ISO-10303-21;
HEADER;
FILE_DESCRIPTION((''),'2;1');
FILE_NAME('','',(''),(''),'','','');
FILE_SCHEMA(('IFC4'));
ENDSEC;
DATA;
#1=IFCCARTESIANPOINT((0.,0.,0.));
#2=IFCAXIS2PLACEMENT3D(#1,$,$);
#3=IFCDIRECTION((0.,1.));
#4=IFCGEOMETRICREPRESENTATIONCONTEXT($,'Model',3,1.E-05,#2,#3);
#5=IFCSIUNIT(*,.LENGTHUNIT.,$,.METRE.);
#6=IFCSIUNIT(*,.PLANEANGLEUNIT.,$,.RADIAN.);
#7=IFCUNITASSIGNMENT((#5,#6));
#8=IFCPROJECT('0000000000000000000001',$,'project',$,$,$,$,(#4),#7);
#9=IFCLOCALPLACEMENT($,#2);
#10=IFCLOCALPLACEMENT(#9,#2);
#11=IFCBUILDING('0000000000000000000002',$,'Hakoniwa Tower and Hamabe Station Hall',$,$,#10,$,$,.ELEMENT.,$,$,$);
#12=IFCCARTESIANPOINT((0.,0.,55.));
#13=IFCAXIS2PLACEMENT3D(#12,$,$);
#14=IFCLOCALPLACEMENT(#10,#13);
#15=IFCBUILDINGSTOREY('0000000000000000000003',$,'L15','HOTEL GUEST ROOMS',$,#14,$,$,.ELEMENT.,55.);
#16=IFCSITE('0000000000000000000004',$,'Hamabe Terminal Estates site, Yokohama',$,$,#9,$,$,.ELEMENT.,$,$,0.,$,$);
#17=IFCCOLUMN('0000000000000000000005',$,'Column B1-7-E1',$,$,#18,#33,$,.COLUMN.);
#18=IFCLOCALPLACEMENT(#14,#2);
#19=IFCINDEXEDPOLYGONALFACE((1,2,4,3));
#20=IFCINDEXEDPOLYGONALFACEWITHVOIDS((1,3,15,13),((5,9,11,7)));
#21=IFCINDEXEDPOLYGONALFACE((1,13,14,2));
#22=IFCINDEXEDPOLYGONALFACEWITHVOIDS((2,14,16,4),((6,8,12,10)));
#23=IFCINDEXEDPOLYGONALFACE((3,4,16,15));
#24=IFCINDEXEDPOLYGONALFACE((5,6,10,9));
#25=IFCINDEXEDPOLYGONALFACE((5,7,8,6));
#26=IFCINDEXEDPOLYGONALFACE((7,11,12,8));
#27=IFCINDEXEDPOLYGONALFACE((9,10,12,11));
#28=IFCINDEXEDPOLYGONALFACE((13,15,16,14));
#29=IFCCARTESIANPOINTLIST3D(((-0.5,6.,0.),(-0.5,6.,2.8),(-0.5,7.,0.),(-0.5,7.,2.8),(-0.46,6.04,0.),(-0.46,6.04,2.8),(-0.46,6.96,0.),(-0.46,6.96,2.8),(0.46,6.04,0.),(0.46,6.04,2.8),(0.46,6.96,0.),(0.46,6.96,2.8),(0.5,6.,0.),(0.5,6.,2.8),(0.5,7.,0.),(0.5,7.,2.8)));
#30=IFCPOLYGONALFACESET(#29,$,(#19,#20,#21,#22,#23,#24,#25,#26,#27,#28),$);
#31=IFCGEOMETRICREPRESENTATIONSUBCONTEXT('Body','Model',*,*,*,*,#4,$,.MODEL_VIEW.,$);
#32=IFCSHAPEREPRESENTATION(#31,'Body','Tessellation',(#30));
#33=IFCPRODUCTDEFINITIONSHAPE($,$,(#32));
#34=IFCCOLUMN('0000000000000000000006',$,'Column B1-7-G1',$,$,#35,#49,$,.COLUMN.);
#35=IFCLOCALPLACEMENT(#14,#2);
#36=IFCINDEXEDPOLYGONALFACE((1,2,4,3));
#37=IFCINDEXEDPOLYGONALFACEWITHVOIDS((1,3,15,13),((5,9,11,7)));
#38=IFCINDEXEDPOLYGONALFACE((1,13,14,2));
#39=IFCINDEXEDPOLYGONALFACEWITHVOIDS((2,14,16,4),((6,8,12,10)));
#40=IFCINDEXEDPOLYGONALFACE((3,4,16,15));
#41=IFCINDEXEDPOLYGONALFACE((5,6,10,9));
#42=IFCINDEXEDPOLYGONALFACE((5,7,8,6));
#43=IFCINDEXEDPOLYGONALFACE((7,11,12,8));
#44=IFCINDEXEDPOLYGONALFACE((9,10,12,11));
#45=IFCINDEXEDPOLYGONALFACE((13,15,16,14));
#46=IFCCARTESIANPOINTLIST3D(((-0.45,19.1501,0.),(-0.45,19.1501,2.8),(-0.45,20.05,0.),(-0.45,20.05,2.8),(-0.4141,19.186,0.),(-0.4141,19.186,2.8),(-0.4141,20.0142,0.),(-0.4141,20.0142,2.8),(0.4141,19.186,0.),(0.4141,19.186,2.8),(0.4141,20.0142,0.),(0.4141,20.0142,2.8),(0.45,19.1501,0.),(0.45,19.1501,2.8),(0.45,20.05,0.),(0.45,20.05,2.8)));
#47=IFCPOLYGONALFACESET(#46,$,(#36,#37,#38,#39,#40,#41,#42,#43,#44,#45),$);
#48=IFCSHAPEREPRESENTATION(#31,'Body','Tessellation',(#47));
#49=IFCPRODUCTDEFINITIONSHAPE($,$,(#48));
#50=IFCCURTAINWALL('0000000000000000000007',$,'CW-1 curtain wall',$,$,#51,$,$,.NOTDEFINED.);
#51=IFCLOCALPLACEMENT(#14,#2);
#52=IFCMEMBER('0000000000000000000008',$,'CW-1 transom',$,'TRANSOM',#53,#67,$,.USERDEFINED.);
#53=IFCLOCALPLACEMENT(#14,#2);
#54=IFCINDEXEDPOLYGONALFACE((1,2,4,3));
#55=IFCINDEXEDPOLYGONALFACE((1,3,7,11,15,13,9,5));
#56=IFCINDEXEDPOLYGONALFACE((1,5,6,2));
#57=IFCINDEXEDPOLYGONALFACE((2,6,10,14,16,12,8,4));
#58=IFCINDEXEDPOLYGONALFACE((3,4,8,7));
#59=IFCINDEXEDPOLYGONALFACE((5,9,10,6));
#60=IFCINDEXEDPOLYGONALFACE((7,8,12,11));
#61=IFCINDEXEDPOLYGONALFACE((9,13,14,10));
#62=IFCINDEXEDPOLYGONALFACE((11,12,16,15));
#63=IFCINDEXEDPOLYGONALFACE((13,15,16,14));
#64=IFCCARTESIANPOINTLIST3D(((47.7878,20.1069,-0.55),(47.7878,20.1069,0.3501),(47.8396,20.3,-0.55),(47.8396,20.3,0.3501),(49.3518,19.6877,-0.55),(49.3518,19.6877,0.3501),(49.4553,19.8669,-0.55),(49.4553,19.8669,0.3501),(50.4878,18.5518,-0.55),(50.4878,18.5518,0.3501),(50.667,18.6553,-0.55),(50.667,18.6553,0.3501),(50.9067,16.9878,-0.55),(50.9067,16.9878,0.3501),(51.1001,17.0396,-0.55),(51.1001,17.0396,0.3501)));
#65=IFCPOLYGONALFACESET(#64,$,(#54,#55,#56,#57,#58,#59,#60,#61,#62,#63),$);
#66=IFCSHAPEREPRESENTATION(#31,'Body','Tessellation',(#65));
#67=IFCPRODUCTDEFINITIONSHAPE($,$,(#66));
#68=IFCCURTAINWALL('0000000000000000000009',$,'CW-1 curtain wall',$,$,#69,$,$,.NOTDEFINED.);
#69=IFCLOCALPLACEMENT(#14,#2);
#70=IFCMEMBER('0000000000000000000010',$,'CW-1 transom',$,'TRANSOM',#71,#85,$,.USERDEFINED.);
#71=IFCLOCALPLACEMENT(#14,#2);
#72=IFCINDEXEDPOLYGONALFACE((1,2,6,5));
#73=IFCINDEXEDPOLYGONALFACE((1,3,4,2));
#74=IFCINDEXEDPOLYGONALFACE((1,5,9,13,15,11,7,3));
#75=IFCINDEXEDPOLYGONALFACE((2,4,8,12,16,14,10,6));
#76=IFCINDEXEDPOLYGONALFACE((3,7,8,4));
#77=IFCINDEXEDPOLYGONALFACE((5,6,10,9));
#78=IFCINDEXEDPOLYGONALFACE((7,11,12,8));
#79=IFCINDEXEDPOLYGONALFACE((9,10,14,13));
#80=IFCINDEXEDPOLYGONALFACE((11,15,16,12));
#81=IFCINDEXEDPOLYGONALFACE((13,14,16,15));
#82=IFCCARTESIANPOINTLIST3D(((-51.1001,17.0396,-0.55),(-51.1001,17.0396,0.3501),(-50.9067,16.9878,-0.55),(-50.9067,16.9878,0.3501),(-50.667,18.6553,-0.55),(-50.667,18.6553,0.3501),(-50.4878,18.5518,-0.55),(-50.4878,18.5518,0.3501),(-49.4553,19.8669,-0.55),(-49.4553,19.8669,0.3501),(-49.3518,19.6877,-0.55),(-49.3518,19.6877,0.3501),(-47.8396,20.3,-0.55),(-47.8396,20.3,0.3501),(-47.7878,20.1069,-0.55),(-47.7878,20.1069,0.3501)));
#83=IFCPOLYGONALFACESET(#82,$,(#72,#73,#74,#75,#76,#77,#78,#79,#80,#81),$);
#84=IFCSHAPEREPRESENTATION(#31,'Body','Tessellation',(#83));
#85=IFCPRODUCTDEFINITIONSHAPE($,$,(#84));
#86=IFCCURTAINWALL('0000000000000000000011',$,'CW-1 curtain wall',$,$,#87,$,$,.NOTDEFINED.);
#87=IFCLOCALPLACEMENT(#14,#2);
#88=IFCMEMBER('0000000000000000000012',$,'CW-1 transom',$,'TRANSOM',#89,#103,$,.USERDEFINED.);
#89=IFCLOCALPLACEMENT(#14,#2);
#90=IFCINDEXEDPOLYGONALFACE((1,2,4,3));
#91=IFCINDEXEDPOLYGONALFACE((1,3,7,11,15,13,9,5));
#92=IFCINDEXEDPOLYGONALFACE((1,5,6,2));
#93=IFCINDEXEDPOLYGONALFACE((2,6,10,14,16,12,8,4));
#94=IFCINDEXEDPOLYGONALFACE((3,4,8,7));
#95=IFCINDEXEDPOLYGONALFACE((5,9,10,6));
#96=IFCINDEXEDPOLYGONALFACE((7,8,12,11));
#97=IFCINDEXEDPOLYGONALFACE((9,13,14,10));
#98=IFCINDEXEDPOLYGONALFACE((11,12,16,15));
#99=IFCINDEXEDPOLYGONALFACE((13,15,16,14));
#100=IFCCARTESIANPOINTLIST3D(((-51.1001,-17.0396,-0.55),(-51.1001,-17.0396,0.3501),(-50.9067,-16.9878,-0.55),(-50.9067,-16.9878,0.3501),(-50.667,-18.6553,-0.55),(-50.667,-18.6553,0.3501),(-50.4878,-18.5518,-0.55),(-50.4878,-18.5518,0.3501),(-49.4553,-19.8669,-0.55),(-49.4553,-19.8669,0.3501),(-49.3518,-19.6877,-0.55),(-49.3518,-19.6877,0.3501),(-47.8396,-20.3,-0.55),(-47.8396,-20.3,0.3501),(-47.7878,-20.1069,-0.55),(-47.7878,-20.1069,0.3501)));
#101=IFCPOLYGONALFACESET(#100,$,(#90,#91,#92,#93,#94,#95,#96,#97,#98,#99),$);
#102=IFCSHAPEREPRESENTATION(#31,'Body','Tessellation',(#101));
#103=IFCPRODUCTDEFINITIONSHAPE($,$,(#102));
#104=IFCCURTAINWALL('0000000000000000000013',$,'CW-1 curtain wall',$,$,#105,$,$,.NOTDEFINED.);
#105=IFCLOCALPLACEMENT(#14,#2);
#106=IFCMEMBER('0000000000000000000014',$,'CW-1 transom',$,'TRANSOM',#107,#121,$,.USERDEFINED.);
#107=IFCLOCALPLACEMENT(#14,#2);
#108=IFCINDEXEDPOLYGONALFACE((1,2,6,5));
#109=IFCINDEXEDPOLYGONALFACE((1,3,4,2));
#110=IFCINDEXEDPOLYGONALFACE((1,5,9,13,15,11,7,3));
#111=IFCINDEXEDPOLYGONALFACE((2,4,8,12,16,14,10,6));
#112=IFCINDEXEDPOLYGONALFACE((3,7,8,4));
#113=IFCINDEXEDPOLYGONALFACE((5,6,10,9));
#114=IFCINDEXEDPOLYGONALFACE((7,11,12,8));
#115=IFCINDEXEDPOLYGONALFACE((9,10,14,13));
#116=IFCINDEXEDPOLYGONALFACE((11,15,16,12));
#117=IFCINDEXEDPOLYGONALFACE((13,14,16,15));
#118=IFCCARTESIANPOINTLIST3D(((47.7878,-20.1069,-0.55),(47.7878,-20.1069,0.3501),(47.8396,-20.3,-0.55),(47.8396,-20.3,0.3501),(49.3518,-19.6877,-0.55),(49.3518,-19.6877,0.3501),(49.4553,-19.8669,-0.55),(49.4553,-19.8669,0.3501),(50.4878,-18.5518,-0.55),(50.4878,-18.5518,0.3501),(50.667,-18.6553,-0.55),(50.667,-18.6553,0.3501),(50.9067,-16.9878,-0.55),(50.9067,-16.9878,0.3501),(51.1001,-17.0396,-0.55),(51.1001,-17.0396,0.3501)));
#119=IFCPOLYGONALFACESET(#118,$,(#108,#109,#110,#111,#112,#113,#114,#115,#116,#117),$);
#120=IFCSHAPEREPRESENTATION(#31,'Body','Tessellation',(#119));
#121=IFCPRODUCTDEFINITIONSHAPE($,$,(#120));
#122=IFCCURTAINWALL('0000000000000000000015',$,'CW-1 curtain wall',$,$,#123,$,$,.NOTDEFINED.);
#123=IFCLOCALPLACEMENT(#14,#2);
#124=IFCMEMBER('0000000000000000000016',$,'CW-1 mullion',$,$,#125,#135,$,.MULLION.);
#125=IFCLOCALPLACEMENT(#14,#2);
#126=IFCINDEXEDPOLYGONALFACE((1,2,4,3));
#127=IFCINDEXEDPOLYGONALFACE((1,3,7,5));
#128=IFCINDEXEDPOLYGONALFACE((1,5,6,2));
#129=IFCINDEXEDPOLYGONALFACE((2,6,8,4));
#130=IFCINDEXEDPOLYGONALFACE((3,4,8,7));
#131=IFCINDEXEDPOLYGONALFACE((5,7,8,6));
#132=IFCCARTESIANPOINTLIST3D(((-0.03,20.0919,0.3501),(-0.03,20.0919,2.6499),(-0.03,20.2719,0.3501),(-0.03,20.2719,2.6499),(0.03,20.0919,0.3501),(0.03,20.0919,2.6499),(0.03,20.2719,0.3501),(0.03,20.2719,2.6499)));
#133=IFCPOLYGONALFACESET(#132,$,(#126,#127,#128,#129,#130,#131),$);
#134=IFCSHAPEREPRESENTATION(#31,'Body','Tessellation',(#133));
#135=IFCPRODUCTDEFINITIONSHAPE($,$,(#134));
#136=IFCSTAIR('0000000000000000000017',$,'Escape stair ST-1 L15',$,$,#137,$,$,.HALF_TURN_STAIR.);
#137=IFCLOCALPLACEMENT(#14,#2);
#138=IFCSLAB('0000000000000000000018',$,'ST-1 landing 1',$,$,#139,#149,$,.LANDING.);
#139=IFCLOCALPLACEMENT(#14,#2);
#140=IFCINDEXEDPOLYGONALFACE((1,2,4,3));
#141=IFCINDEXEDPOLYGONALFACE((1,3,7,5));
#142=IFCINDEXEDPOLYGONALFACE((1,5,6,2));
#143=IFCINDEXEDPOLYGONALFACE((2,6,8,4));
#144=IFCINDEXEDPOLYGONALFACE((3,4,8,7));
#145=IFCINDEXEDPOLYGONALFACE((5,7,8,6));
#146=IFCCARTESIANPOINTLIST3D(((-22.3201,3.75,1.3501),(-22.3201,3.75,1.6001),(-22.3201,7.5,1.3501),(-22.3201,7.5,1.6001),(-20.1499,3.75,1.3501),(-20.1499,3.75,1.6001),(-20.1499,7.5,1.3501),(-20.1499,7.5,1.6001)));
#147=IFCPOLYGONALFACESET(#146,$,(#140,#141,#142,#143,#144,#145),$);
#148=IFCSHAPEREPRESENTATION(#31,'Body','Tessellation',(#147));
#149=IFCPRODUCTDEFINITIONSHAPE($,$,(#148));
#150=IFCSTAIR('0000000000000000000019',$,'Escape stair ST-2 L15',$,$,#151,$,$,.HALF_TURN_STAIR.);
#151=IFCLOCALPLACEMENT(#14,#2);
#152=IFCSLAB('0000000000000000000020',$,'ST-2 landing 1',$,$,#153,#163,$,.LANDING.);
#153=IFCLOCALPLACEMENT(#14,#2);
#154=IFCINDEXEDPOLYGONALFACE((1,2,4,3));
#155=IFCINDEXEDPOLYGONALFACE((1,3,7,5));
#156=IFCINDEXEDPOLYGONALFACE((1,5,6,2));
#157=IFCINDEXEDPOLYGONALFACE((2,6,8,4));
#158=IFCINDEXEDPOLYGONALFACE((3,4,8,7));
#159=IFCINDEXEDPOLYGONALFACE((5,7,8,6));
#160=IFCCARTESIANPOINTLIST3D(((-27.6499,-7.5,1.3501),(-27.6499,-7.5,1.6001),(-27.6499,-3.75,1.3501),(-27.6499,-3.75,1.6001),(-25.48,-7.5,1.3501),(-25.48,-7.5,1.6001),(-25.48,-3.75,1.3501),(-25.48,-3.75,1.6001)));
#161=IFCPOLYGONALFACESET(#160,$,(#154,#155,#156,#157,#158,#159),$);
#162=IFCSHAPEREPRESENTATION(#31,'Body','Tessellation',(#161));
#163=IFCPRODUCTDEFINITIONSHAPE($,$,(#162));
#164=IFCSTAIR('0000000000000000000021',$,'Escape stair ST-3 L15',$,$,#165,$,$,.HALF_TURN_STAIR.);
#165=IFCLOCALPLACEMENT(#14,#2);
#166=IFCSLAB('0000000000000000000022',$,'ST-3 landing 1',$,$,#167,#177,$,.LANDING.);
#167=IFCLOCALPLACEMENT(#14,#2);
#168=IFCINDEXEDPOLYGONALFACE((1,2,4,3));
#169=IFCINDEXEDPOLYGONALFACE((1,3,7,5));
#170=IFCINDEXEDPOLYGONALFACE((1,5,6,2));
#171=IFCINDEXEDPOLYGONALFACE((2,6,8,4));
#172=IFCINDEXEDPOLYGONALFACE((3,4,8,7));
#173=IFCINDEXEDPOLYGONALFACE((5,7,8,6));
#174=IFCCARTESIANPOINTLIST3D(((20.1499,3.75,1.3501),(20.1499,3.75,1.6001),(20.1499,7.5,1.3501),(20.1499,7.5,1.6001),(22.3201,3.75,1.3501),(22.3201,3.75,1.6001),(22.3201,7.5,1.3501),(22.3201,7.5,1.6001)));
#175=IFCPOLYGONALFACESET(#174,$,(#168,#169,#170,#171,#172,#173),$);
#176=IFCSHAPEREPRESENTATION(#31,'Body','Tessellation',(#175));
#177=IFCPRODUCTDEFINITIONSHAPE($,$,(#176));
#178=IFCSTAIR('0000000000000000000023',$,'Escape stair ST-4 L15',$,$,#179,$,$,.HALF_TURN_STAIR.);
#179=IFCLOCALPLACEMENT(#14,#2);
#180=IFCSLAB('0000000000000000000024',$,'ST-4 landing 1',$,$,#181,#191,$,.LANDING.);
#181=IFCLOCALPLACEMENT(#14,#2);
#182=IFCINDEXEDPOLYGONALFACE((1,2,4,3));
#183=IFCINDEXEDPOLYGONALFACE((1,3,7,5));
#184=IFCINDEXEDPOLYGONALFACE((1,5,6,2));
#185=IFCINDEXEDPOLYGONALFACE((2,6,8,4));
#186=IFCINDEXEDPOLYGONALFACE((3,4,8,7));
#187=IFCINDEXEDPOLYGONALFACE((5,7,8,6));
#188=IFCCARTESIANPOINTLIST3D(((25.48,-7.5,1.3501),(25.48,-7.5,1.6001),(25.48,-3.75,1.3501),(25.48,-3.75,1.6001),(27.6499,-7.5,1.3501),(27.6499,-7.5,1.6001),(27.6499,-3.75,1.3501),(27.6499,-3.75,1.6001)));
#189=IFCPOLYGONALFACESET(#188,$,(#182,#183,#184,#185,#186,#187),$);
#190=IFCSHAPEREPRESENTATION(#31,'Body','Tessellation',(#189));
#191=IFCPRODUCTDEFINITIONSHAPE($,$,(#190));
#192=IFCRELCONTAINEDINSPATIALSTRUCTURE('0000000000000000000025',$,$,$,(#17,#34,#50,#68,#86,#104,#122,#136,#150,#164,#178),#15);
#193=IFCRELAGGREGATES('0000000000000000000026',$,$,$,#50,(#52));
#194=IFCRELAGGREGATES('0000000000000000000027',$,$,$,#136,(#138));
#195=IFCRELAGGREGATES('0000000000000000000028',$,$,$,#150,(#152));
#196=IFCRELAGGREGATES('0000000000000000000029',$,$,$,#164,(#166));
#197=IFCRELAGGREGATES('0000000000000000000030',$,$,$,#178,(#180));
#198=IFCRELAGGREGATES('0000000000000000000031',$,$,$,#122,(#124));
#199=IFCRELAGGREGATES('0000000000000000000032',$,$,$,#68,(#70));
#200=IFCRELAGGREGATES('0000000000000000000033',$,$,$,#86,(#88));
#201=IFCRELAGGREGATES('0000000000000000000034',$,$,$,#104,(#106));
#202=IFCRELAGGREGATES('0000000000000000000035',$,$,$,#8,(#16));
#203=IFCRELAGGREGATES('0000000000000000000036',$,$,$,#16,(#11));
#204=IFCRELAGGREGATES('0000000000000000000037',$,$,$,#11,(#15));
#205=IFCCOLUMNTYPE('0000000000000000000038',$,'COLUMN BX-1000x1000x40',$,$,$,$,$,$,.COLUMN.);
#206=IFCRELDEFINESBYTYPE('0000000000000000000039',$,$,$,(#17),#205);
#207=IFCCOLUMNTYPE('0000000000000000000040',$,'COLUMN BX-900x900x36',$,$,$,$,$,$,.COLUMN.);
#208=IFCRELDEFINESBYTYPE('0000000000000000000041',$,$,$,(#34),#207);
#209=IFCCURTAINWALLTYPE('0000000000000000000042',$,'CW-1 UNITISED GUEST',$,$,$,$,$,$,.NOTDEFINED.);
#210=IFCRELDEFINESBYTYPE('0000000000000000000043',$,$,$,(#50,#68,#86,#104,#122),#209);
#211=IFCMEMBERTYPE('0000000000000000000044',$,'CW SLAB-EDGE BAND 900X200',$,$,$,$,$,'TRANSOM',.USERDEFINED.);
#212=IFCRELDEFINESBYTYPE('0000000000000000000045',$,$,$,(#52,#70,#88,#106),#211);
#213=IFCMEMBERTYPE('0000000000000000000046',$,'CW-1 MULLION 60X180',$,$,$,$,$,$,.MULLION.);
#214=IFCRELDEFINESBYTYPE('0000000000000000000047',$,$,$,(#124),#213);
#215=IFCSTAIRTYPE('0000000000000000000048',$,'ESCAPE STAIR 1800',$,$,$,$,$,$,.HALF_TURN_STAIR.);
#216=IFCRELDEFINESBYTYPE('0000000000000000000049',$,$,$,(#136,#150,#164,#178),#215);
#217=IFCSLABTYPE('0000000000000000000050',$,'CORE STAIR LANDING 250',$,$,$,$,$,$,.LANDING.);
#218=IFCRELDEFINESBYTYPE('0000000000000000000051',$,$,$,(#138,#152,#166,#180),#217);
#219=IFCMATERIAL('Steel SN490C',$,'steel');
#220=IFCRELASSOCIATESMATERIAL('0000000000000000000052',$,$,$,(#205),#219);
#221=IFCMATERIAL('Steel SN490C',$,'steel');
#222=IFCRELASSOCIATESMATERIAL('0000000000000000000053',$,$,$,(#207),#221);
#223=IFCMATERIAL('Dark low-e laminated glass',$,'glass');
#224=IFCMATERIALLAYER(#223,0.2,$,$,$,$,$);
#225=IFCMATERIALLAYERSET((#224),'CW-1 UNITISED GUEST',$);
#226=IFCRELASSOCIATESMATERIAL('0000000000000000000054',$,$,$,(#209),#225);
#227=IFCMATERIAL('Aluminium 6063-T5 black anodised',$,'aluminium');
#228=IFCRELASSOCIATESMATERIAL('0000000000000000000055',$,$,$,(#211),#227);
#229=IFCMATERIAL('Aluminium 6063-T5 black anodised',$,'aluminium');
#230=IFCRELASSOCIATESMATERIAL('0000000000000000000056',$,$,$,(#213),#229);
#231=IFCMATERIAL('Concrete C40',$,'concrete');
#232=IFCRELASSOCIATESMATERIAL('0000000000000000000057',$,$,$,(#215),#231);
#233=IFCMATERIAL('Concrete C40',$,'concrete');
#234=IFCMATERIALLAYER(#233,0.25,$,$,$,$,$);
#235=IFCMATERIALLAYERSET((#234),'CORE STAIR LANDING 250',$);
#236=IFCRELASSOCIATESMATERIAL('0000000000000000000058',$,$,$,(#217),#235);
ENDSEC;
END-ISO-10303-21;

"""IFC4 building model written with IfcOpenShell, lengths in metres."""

from ifc_helpers import new_model, si_unit, direction, frame, origin, origin_2d, place, context, subcontext, project, spatial, polyline, rectangle, hollow_rectangle, outline, extrude, material, layer, layer_set, material_profile, profile_set, type_object, element, aggregate, save


model = new_model("IFC4")

# Units and contexts
model_context = context("Model", 3, precision=1e-05, world=origin(), true_north=direction((0.0, 1.0)))
body_context = subcontext(model_context, "Body", "Model", "MODEL_VIEW")
ifc_project = project(units=[si_unit("LENGTHUNIT", "METRE"), si_unit("PLANEANGLEUNIT", "RADIAN")], contexts=[model_context])

# Site, building, storey
site_placement = place(None, origin())
site = spatial("IfcSite", under=ifc_project, at=site_placement, Name="Hamabe Terminal Estates site, Yokohama", CompositionType="ELEMENT", RefElevation=0.0)
building_placement = place(site_placement, origin())
building = spatial("IfcBuilding", under=site, at=building_placement, Name="Hakoniwa Tower and Hamabe Station Hall", CompositionType="ELEMENT")
storey_placement = place(building_placement, frame((0.0, 0.0, 55.0)))
storey = spatial("IfcBuildingStorey", under=building, at=storey_placement, Name="L15", Description="HOTEL GUEST ROOMS", CompositionType="ELEMENT", Elevation=55.0)

# Columns
ifc_material_1 = material(Name="Steel SN490C", Category="steel")
ifc_material_profile_1 = material_profile(ifc_material_1, hollow_rectangle(XDim=1.0, YDim=1.0, WallThickness=0.04, at=origin_2d()), Name="BX-1000x1000x40")
ifc_profile_set_1 = profile_set([ifc_material_profile_1], Name="Steel SN490C")
column_type_1 = type_object("IfcColumnType", Name="COLUMN BX-1000x1000x40", PredefinedType="COLUMN", material=ifc_profile_set_1)
column_1_placement = place(storey_placement, frame((0.0, 6.5, 0.0), z_axis=(0.0, 0.0, 1.0), x_axis=(1.0, 0.0, 0.0)))
element("IfcColumn", 1, at=column_1_placement, inside=storey, type_object=column_type_1, Name="Column B1-7-E1", PredefinedType="COLUMN", context=body_context, shape_type="SweptSolid", body=[
    extrude(hollow_rectangle(XDim=1.0, YDim=1.0, WallThickness=0.04, at=origin_2d()), origin(), (0.0, 0.0, 1.0), 2.8),
])
ifc_material_2 = material(Name="Steel SN490C", Category="steel")
ifc_material_profile_2 = material_profile(ifc_material_2, hollow_rectangle(XDim=0.8999, YDim=0.8999, WallThickness=0.0359, at=origin_2d()), Name="BX-900x900x36")
ifc_profile_set_2 = profile_set([ifc_material_profile_2], Name="Steel SN490C")
column_type_2 = type_object("IfcColumnType", Name="COLUMN BX-900x900x36", PredefinedType="COLUMN", material=ifc_profile_set_2)
column_2_placement = place(storey_placement, frame((0.0, 19.6001, 0.0), z_axis=(0.0, 0.0, 1.0), x_axis=(1.0, 0.0, 0.0)))
element("IfcColumn", 2, at=column_2_placement, inside=storey, type_object=column_type_2, Name="Column B1-7-G1", PredefinedType="COLUMN", context=body_context, shape_type="SweptSolid", body=[
    extrude(hollow_rectangle(XDim=0.8999, YDim=0.8999, WallThickness=0.0359, at=origin_2d()), origin(), (0.0, 0.0, 1.0), 2.8),
])

# Curtain walls, members
ifc_material_3 = material(Name="Dark low-e laminated glass", Category="glass")
ifc_layer_1 = layer(ifc_material_3, 0.2)
ifc_layer_set_1 = layer_set([ifc_layer_1], Name="CW-1 UNITISED GUEST")
curtain_wall_type = type_object("IfcCurtainWallType", Name="CW-1 UNITISED GUEST", PredefinedType="NOTDEFINED", material=ifc_layer_set_1)
curtain_wall_1_placement = place(storey_placement, origin())
curtain_wall_1 = element("IfcCurtainWall", 3, at=curtain_wall_1_placement, inside=storey, type_object=curtain_wall_type, Name="CW-1 curtain wall", PredefinedType="NOTDEFINED")
ifc_material_4 = material(Name="Aluminium 6063-T5 black anodised", Category="aluminium")
ifc_material_profile_3 = material_profile(ifc_material_4, rectangle(XDim=0.2, YDim=0.8999, at=origin_2d()), Name="CW SLAB-EDGE BAND 900X200")
ifc_profile_set_3 = profile_set([ifc_material_profile_3], Name="Aluminium 6063-T5 black anodised")
member_type_1 = type_object("IfcMemberType", Name="CW SLAB-EDGE BAND 900X200", ElementType="TRANSOM", PredefinedType="USERDEFINED", material=ifc_profile_set_3)
member_1_placement = place(storey_placement, frame((0.0, 0.0, -0.55)))
member_1 = element("IfcMember", 4, at=member_1_placement, type_object=member_type_1, Name="CW-1 transom", ObjectType="TRANSOM", PredefinedType="USERDEFINED", context=body_context, shape_type="SweptSolid", body=[
    extrude(outline(polyline([(51.1001, 17.0396), (50.667, 18.6553), (49.4553, 19.8669), (47.8396, 20.3), (47.7878, 20.1069), (49.3518, 19.6877), (50.4878, 18.5518), (50.9067, 16.9878), (51.1001, 17.0396)])), origin(), (0.0, 0.0, 1.0), 0.9001),
])
aggregate(curtain_wall_1, [member_1])
curtain_wall_2_placement = place(storey_placement, origin())
curtain_wall_2 = element("IfcCurtainWall", 5, at=curtain_wall_2_placement, inside=storey, type_object=curtain_wall_type, Name="CW-1 curtain wall", PredefinedType="NOTDEFINED")
member_2_placement = place(storey_placement, frame((0.0, 0.0, -0.55)))
member_2 = element("IfcMember", 6, at=member_2_placement, type_object=member_type_1, Name="CW-1 transom", ObjectType="TRANSOM", PredefinedType="USERDEFINED", context=body_context, shape_type="SweptSolid", body=[
    extrude(outline(polyline([(-47.8396, 20.3), (-49.4553, 19.8669), (-50.667, 18.6553), (-51.1001, 17.0396), (-50.9067, 16.9878), (-50.4878, 18.5518), (-49.3518, 19.6877), (-47.7878, 20.1069), (-47.8396, 20.3)])), origin(), (0.0, 0.0, 1.0), 0.9001),
])
curtain_wall_3_placement = place(storey_placement, origin())
curtain_wall_3 = element("IfcCurtainWall", 7, at=curtain_wall_3_placement, inside=storey, type_object=curtain_wall_type, Name="CW-1 curtain wall", PredefinedType="NOTDEFINED")
member_3_placement = place(storey_placement, frame((0.0, 0.0, -0.55)))
member_3 = element("IfcMember", 8, at=member_3_placement, type_object=member_type_1, Name="CW-1 transom", ObjectType="TRANSOM", PredefinedType="USERDEFINED", context=body_context, shape_type="SweptSolid", body=[
    extrude(outline(polyline([(-51.1001, -17.0396), (-50.667, -18.6553), (-49.4553, -19.8669), (-47.8396, -20.3), (-47.7878, -20.1069), (-49.3518, -19.6877), (-50.4878, -18.5518), (-50.9067, -16.9878), (-51.1001, -17.0396)])), origin(), (0.0, 0.0, 1.0), 0.9001),
])
curtain_wall_4_placement = place(storey_placement, origin())
curtain_wall_4 = element("IfcCurtainWall", 9, at=curtain_wall_4_placement, inside=storey, type_object=curtain_wall_type, Name="CW-1 curtain wall", PredefinedType="NOTDEFINED")
member_4_placement = place(storey_placement, frame((0.0, 0.0, -0.55)))
member_4 = element("IfcMember", 10, at=member_4_placement, type_object=member_type_1, Name="CW-1 transom", ObjectType="TRANSOM", PredefinedType="USERDEFINED", context=body_context, shape_type="SweptSolid", body=[
    extrude(outline(polyline([(47.8396, -20.3), (49.4553, -19.8669), (50.667, -18.6553), (51.1001, -17.0396), (50.9067, -16.9878), (50.4878, -18.5518), (49.3518, -19.6877), (47.7878, -20.1069), (47.8396, -20.3)])), origin(), (0.0, 0.0, 1.0), 0.9001),
])
curtain_wall_5_placement = place(storey_placement, origin())
curtain_wall_5 = element("IfcCurtainWall", 11, at=curtain_wall_5_placement, inside=storey, type_object=curtain_wall_type, Name="CW-1 curtain wall", PredefinedType="NOTDEFINED")
ifc_material_5 = material(Name="Aluminium 6063-T5 black anodised", Category="aluminium")
ifc_material_profile_4 = material_profile(ifc_material_5, rectangle(XDim=0.0601, YDim=0.1799, at=origin_2d()), Name="CW-1 MULLION 60X180")
ifc_profile_set_4 = profile_set([ifc_material_profile_4], Name="Aluminium 6063-T5 black anodised")
member_type_2 = type_object("IfcMemberType", Name="CW-1 MULLION 60X180", PredefinedType="MULLION", material=ifc_profile_set_4)
member_5_placement = place(storey_placement, frame((0.0, 20.1819, 0.3501), z_axis=(0.0, 0.0, 1.0), x_axis=(-1.0, 0.0, 0.0)))
member_5 = element("IfcMember", 12, at=member_5_placement, type_object=member_type_2, Name="CW-1 mullion", PredefinedType="MULLION", context=body_context, shape_type="SweptSolid", body=[
    extrude(rectangle(XDim=0.0601, YDim=0.1799, at=origin_2d()), origin(), (0.0, 0.0, 1.0), 2.2998),
])

# Stairs, slabs
ifc_material_6 = material(Name="Concrete C40", Category="concrete")
stair_type = type_object("IfcStairType", Name="ESCAPE STAIR 1800", PredefinedType="HALF_TURN_STAIR", material=ifc_material_6)
stair_1_placement = place(storey_placement, origin())
stair_1 = element("IfcStair", 13, at=stair_1_placement, inside=storey, type_object=stair_type, Name="Escape stair ST-1 L15", PredefinedType="HALF_TURN_STAIR")
ifc_material_7 = material(Name="Concrete C40", Category="concrete")
ifc_layer_2 = layer(ifc_material_7, 0.25)
ifc_layer_set_2 = layer_set([ifc_layer_2], Name="CORE STAIR LANDING 250")
slab_type = type_object("IfcSlabType", Name="CORE STAIR LANDING 250", PredefinedType="LANDING", material=ifc_layer_set_2)
slab_1_placement = place(storey_placement, frame((0.0, 0.0, 1.3501)))
slab_1 = element("IfcSlab", 14, at=slab_1_placement, type_object=slab_type, Name="ST-1 landing 1", PredefinedType="LANDING", context=body_context, shape_type="SweptSolid", body=[
    extrude(outline(polyline([(-22.3201, 3.75), (-20.1499, 3.75), (-20.1499, 7.5), (-22.3201, 7.5), (-22.3201, 3.75)])), origin(), (0.0, 0.0, 1.0), 0.25),
])
aggregate(stair_1, [slab_1])
stair_2_placement = place(storey_placement, origin())
stair_2 = element("IfcStair", 15, at=stair_2_placement, inside=storey, type_object=stair_type, Name="Escape stair ST-2 L15", PredefinedType="HALF_TURN_STAIR")
slab_2_placement = place(storey_placement, frame((0.0, 0.0, 1.3501)))
slab_2 = element("IfcSlab", 16, at=slab_2_placement, type_object=slab_type, Name="ST-2 landing 1", PredefinedType="LANDING", context=body_context, shape_type="SweptSolid", body=[
    extrude(outline(polyline([(-25.48, -7.5), (-27.6499, -7.5), (-27.6499, -3.75), (-25.48, -3.75), (-25.48, -7.5)])), origin(), (0.0, 0.0, 1.0), 0.25),
])
aggregate(stair_2, [slab_2])
stair_3_placement = place(storey_placement, origin())
stair_3 = element("IfcStair", 17, at=stair_3_placement, inside=storey, type_object=stair_type, Name="Escape stair ST-3 L15", PredefinedType="HALF_TURN_STAIR")
slab_3_placement = place(storey_placement, frame((0.0, 0.0, 1.3501)))
slab_3 = element("IfcSlab", 18, at=slab_3_placement, type_object=slab_type, Name="ST-3 landing 1", PredefinedType="LANDING", context=body_context, shape_type="SweptSolid", body=[
    extrude(outline(polyline([(22.3201, 3.75), (20.1499, 3.75), (20.1499, 7.5), (22.3201, 7.5), (22.3201, 3.75)])), origin(), (0.0, 0.0, 1.0), 0.25),
])
aggregate(stair_3, [slab_3])
stair_4_placement = place(storey_placement, origin())
stair_4 = element("IfcStair", 19, at=stair_4_placement, inside=storey, type_object=stair_type, Name="Escape stair ST-4 L15", PredefinedType="HALF_TURN_STAIR")
slab_4_placement = place(storey_placement, frame((0.0, 0.0, 1.3501)))
slab_4 = element("IfcSlab", 20, at=slab_4_placement, type_object=slab_type, Name="ST-4 landing 1", PredefinedType="LANDING", context=body_context, shape_type="SweptSolid", body=[
    extrude(outline(polyline([(25.48, -7.5), (27.6499, -7.5), (27.6499, -3.75), (25.48, -3.75), (25.48, -7.5)])), origin(), (0.0, 0.0, 1.0), 0.25),
])
aggregate(stair_4, [slab_4])

aggregate(curtain_wall_5, [member_5])
aggregate(curtain_wall_2, [member_2])
aggregate(curtain_wall_3, [member_3])
aggregate(curtain_wall_4, [member_4])

save(model, "model.ifc")
